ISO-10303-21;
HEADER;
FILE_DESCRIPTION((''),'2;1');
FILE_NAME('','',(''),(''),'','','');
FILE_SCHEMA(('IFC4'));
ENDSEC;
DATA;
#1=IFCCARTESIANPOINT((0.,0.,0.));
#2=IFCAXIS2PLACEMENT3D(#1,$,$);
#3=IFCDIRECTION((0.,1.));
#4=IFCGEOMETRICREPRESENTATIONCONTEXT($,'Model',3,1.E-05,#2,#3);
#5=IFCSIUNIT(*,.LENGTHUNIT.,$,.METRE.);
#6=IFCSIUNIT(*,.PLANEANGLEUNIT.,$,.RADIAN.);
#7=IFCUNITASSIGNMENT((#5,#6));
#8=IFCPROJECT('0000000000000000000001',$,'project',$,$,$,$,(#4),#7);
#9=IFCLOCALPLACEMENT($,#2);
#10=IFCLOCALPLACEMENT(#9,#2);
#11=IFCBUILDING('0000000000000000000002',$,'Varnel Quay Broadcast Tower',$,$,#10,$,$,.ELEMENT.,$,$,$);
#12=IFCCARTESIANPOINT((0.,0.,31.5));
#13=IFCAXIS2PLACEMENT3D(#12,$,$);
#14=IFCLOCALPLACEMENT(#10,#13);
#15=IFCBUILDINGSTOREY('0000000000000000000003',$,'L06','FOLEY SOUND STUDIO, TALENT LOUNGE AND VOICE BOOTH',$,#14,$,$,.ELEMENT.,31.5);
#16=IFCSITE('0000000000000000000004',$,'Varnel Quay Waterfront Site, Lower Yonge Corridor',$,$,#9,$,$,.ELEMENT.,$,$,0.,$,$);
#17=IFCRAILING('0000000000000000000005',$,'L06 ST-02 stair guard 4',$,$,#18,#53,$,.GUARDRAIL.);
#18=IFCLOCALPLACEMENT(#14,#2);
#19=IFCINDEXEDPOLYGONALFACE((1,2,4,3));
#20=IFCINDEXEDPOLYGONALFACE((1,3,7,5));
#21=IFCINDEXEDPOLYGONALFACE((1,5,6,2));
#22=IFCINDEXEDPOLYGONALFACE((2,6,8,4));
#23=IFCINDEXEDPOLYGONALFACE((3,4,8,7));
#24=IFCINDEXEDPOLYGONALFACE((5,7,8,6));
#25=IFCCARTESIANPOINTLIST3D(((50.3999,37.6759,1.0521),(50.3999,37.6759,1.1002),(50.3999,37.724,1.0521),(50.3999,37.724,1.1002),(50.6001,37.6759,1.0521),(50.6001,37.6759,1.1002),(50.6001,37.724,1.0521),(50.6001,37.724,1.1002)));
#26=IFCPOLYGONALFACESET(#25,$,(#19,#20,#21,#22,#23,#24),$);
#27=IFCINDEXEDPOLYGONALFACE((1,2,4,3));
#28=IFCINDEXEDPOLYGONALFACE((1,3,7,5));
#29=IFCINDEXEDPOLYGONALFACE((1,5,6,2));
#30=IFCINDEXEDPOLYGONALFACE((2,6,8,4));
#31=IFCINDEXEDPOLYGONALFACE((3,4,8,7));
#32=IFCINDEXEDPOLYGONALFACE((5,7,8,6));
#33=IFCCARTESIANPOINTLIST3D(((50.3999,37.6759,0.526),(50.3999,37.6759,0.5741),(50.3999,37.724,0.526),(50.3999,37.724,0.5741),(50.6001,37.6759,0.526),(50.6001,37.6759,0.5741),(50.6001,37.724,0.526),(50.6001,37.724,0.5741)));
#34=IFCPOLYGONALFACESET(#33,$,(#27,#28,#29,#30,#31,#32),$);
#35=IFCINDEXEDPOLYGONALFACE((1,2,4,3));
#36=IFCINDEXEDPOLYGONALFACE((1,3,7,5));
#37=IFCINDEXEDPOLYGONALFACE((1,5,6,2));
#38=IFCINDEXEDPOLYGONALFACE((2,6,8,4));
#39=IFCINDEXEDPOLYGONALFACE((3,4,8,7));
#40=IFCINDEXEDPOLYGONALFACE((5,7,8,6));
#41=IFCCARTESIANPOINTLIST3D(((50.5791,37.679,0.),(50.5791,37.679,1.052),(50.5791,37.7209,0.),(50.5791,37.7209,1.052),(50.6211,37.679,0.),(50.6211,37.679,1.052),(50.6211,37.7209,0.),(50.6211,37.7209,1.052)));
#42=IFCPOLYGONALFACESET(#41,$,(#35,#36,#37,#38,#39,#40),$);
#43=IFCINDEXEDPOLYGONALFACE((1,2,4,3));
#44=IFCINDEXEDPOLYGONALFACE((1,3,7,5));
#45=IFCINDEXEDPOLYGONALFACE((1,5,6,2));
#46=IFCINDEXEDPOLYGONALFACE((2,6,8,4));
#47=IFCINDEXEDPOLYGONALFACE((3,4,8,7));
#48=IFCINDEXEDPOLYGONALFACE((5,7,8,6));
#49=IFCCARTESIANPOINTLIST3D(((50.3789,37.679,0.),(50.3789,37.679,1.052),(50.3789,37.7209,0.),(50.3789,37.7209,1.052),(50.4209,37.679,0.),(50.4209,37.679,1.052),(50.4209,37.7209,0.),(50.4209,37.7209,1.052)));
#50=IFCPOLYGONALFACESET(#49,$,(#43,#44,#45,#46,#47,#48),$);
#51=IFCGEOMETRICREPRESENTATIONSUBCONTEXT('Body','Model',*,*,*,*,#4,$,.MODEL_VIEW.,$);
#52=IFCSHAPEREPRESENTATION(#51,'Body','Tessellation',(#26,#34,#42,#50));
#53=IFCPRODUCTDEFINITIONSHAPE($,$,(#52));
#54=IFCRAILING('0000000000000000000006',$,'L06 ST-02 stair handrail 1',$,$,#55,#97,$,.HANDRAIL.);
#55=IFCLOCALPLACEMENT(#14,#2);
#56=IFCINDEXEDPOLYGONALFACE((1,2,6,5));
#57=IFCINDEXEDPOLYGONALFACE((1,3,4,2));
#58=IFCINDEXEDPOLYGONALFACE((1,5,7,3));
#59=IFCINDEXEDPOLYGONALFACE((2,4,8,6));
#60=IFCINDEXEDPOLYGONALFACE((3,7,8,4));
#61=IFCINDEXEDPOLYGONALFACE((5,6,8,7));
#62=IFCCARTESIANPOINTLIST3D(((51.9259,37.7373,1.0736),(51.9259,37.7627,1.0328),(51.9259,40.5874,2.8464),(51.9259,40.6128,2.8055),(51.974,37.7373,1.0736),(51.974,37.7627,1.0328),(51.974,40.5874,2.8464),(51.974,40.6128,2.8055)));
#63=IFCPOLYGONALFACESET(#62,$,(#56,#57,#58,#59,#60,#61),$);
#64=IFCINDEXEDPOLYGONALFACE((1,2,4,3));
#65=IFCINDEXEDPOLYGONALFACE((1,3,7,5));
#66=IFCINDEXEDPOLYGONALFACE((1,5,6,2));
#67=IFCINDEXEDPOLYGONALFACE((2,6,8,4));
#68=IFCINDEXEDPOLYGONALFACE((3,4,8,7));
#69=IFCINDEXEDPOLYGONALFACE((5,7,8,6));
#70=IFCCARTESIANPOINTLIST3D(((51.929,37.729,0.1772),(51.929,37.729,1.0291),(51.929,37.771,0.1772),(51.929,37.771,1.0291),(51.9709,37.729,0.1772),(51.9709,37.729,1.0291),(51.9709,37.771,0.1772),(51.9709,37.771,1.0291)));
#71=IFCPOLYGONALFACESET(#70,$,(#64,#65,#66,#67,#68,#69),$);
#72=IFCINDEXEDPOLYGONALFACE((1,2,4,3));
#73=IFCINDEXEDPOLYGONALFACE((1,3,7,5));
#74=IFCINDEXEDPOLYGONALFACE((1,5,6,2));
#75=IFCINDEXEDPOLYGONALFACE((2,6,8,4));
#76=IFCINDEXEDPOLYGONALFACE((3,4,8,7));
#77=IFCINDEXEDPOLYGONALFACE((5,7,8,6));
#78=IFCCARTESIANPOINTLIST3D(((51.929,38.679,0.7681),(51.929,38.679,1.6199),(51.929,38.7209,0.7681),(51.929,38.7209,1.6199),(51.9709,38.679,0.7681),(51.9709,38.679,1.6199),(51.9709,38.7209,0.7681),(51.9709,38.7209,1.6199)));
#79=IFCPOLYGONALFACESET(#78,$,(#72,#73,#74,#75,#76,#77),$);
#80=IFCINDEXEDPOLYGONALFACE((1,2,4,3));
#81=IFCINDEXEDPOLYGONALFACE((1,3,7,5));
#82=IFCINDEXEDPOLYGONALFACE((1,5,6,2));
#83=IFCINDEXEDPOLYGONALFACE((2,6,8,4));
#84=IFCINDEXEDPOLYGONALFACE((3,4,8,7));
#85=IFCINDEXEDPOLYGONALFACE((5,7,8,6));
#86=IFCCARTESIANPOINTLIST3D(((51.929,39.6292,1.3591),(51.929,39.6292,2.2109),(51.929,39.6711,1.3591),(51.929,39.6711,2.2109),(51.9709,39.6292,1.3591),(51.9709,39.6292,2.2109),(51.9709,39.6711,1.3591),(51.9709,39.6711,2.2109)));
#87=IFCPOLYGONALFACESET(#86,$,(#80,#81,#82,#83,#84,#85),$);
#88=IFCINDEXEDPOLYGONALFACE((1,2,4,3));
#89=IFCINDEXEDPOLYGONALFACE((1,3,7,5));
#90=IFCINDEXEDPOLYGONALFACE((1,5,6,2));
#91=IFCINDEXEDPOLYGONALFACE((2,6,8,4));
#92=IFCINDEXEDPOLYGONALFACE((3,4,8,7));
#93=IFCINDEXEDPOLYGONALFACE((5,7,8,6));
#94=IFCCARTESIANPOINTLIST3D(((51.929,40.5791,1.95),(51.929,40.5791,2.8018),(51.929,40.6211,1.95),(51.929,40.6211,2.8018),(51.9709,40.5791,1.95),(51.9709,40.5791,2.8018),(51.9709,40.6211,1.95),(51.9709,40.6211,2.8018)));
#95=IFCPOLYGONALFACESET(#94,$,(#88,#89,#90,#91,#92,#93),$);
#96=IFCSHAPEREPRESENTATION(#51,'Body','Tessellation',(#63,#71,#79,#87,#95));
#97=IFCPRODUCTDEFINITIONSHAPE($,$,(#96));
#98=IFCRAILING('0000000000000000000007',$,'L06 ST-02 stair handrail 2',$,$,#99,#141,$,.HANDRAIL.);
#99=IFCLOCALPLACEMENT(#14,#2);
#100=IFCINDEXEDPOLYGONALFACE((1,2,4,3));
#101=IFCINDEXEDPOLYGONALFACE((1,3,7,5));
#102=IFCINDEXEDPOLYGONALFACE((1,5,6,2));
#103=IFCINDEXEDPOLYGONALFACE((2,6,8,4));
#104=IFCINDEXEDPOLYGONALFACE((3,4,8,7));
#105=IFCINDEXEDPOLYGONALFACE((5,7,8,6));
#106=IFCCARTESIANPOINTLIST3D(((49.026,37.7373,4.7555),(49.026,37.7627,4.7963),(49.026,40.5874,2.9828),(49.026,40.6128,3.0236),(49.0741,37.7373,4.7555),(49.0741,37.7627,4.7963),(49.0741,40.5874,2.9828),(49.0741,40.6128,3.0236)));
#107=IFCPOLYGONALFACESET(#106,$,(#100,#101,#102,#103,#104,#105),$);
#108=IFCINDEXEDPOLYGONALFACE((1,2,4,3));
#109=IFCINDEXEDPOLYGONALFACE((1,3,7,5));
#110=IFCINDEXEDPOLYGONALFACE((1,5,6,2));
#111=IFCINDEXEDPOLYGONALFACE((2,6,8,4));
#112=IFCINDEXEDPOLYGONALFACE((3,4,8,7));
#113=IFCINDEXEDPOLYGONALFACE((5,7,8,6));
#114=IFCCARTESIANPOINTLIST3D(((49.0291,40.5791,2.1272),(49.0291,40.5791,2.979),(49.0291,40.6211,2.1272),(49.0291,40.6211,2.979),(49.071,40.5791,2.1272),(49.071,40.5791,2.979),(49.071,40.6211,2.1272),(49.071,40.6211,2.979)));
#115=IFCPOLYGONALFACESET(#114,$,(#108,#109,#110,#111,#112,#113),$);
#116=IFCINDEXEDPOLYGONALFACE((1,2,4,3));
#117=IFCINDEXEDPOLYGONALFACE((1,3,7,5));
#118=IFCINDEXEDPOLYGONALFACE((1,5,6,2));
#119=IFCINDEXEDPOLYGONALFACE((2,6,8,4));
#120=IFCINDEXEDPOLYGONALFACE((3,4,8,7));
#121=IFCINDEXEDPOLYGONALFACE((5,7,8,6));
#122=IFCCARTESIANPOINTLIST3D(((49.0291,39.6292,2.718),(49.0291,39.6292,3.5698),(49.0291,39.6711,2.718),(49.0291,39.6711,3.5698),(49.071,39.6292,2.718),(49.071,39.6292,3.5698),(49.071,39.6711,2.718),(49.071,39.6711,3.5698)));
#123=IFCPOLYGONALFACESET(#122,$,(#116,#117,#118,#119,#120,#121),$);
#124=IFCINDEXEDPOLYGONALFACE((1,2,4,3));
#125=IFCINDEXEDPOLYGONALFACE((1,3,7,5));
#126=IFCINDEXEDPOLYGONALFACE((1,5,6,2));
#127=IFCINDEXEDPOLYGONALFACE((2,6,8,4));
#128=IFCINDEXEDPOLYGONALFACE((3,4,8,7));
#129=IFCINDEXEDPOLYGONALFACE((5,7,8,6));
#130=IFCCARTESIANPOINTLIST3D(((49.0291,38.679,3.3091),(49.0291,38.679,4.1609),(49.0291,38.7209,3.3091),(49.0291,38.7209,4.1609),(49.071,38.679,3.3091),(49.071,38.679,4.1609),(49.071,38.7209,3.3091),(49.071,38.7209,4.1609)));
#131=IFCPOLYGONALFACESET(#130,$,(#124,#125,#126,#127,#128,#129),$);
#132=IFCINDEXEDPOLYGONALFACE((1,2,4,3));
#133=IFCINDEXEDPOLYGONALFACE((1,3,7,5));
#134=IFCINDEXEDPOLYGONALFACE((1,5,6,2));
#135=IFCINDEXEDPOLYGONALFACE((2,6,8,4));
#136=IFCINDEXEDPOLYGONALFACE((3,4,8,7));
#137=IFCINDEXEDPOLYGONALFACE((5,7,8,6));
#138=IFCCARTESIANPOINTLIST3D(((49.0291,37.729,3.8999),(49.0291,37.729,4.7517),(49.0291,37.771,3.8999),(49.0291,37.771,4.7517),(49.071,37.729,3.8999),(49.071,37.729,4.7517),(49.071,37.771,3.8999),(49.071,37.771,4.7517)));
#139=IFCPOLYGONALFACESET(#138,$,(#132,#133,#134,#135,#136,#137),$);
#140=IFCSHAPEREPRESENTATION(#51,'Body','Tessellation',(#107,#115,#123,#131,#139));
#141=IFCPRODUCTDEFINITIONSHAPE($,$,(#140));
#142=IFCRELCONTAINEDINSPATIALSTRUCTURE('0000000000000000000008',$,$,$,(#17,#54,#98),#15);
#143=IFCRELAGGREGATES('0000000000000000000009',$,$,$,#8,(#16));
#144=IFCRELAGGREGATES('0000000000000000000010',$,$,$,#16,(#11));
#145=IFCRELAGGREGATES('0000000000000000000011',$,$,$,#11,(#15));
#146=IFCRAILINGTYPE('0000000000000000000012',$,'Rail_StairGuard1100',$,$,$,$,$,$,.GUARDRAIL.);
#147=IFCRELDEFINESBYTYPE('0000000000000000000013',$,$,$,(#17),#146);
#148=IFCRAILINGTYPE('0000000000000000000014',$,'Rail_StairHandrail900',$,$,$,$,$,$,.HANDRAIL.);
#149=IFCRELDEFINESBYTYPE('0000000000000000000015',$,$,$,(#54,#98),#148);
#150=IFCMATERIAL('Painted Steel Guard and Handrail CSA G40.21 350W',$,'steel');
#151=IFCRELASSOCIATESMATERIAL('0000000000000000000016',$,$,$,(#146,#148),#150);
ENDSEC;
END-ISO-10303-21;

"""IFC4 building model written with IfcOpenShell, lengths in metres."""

from ifc_helpers import new_model, si_unit, direction, frame, origin, origin_2d, place, context, subcontext, project, spatial, rectangle, extrude, material, type_object, element, save


model = new_model("IFC4")

# Units and contexts
model_context = context("Model", 3, precision=1e-05, world=origin(), true_north=direction((0.0, 1.0)))
body_context = subcontext(model_context, "Body", "Model", "MODEL_VIEW")
ifc_project = project(units=[si_unit("LENGTHUNIT", "METRE"), si_unit("PLANEANGLEUNIT", "RADIAN")], contexts=[model_context])

# Site, building, storey
site_placement = place(None, origin())
site = spatial("IfcSite", under=ifc_project, at=site_placement, Name="Varnel Quay Waterfront Site, Lower Yonge Corridor", CompositionType="ELEMENT", RefElevation=0.0)
building_placement = place(site_placement, origin())
building = spatial("IfcBuilding", under=site, at=building_placement, Name="Varnel Quay Broadcast Tower", CompositionType="ELEMENT")
storey_placement = place(building_placement, frame((0.0, 0.0, 31.5)))
storey = spatial("IfcBuildingStorey", under=building, at=storey_placement, Name="L06", Description="FOLEY SOUND STUDIO, TALENT LOUNGE AND VOICE BOOTH", CompositionType="ELEMENT", Elevation=31.5)

# Railings
ifc_material_1 = material(Name="Painted Steel Guard and Handrail CSA G40.21 350W", Category="steel")
railing_type_1 = type_object("IfcRailingType", Name="Rail_StairGuard1100", PredefinedType="GUARDRAIL", material=ifc_material_1)
railing_1_placement = place(storey_placement, frame((50.6001, 37.7, 0.0)))
element("IfcRailing", 1, at=railing_1_placement, inside=storey, type_object=railing_type_1, Name="L06 ST-02 stair guard 4", PredefinedType="GUARDRAIL", context=body_context, shape_type="SweptSolid", body=[
    extrude(rectangle(XDim=0.0481, YDim=0.0481, at=origin_2d()), frame((0.0, 0.0, 1.0762), z_axis=(-1.0, 0.0, 0.0), x_axis=(0.0, -1.0, 0.0)), (0.0, 0.0, 1.0), 0.2002),
    extrude(rectangle(XDim=0.0481, YDim=0.0481, at=origin_2d()), frame((0.0, 0.0, 0.55), z_axis=(-1.0, 0.0, 0.0), x_axis=(0.0, -1.0, 0.0)), (0.0, 0.0, 1.0), 0.2002),
    extrude(rectangle(XDim=0.042, YDim=0.042, at=origin_2d()), origin(), (0.0, 0.0, 1.0), 1.052),
    extrude(rectangle(XDim=0.042, YDim=0.042, at=origin_2d()), frame((-0.2002, 0.0, 0.0)), (0.0, 0.0, 1.0), 1.052),
])
railing_type_2 = type_object("IfcRailingType", Name="Rail_StairHandrail900", PredefinedType="HANDRAIL", material=ifc_material_1)
railing_2_placement = place(storey_placement, frame((51.95, 37.75, 0.1772)))
element("IfcRailing", 2, at=railing_2_placement, inside=storey, type_object=railing_type_2, Name="L06 ST-02 stair handrail 1", PredefinedType="HANDRAIL", context=body_context, shape_type="SweptSolid", body=[
    extrude(rectangle(XDim=0.0481, YDim=0.0481, at=origin_2d()), frame((0.0, 0.0, 0.876), z_axis=(0.0, 0.849149, 0.528154), x_axis=(-1.0, 0.0, 0.0)), (0.0, 0.0, 1.0), 3.3564),
    extrude(rectangle(XDim=0.042, YDim=0.042, at=origin_2d()), origin(), (0.0, 0.0, 1.0), 0.8518),
    extrude(rectangle(XDim=0.042, YDim=0.042, at=origin_2d()), frame((0.0, 0.95, 0.5908)), (0.0, 0.0, 1.0), 0.8518),
    extrude(rectangle(XDim=0.042, YDim=0.042, at=origin_2d()), frame((0.0, 1.9001, 1.1819)), (0.0, 0.0, 1.0), 0.8518),
    extrude(rectangle(XDim=0.042, YDim=0.042, at=origin_2d()), frame((0.0, 2.8501, 1.7727)), (0.0, 0.0, 1.0), 0.8518),
])
railing_3_placement = place(storey_placement, frame((49.05, 40.6001, 2.1272)))
element("IfcRailing", 3, at=railing_3_placement, inside=storey, type_object=railing_type_2, Name="L06 ST-02 stair handrail 2", PredefinedType="HANDRAIL", context=body_context, shape_type="SweptSolid", body=[
    extrude(rectangle(XDim=0.0481, YDim=0.0481, at=origin_2d()), frame((0.0, 0.0, 0.876), z_axis=(0.0, -0.849149, 0.528154), x_axis=(1.0, 0.0, 0.0)), (0.0, 0.0, 1.0), 3.3564),
    extrude(rectangle(XDim=0.042, YDim=0.042, at=origin_2d()), origin(), (0.0, 0.0, 1.0), 0.8518),
    extrude(rectangle(XDim=0.042, YDim=0.042, at=origin_2d()), frame((0.0, -0.95, 0.5908)), (0.0, 0.0, 1.0), 0.8518),
    extrude(rectangle(XDim=0.042, YDim=0.042, at=origin_2d()), frame((0.0, -1.9001, 1.1819)), (0.0, 0.0, 1.0), 0.8518),
    extrude(rectangle(XDim=0.042, YDim=0.042, at=origin_2d()), frame((0.0, -2.8501, 1.7727)), (0.0, 0.0, 1.0), 0.8518),
])

save(model, "model.ifc")
